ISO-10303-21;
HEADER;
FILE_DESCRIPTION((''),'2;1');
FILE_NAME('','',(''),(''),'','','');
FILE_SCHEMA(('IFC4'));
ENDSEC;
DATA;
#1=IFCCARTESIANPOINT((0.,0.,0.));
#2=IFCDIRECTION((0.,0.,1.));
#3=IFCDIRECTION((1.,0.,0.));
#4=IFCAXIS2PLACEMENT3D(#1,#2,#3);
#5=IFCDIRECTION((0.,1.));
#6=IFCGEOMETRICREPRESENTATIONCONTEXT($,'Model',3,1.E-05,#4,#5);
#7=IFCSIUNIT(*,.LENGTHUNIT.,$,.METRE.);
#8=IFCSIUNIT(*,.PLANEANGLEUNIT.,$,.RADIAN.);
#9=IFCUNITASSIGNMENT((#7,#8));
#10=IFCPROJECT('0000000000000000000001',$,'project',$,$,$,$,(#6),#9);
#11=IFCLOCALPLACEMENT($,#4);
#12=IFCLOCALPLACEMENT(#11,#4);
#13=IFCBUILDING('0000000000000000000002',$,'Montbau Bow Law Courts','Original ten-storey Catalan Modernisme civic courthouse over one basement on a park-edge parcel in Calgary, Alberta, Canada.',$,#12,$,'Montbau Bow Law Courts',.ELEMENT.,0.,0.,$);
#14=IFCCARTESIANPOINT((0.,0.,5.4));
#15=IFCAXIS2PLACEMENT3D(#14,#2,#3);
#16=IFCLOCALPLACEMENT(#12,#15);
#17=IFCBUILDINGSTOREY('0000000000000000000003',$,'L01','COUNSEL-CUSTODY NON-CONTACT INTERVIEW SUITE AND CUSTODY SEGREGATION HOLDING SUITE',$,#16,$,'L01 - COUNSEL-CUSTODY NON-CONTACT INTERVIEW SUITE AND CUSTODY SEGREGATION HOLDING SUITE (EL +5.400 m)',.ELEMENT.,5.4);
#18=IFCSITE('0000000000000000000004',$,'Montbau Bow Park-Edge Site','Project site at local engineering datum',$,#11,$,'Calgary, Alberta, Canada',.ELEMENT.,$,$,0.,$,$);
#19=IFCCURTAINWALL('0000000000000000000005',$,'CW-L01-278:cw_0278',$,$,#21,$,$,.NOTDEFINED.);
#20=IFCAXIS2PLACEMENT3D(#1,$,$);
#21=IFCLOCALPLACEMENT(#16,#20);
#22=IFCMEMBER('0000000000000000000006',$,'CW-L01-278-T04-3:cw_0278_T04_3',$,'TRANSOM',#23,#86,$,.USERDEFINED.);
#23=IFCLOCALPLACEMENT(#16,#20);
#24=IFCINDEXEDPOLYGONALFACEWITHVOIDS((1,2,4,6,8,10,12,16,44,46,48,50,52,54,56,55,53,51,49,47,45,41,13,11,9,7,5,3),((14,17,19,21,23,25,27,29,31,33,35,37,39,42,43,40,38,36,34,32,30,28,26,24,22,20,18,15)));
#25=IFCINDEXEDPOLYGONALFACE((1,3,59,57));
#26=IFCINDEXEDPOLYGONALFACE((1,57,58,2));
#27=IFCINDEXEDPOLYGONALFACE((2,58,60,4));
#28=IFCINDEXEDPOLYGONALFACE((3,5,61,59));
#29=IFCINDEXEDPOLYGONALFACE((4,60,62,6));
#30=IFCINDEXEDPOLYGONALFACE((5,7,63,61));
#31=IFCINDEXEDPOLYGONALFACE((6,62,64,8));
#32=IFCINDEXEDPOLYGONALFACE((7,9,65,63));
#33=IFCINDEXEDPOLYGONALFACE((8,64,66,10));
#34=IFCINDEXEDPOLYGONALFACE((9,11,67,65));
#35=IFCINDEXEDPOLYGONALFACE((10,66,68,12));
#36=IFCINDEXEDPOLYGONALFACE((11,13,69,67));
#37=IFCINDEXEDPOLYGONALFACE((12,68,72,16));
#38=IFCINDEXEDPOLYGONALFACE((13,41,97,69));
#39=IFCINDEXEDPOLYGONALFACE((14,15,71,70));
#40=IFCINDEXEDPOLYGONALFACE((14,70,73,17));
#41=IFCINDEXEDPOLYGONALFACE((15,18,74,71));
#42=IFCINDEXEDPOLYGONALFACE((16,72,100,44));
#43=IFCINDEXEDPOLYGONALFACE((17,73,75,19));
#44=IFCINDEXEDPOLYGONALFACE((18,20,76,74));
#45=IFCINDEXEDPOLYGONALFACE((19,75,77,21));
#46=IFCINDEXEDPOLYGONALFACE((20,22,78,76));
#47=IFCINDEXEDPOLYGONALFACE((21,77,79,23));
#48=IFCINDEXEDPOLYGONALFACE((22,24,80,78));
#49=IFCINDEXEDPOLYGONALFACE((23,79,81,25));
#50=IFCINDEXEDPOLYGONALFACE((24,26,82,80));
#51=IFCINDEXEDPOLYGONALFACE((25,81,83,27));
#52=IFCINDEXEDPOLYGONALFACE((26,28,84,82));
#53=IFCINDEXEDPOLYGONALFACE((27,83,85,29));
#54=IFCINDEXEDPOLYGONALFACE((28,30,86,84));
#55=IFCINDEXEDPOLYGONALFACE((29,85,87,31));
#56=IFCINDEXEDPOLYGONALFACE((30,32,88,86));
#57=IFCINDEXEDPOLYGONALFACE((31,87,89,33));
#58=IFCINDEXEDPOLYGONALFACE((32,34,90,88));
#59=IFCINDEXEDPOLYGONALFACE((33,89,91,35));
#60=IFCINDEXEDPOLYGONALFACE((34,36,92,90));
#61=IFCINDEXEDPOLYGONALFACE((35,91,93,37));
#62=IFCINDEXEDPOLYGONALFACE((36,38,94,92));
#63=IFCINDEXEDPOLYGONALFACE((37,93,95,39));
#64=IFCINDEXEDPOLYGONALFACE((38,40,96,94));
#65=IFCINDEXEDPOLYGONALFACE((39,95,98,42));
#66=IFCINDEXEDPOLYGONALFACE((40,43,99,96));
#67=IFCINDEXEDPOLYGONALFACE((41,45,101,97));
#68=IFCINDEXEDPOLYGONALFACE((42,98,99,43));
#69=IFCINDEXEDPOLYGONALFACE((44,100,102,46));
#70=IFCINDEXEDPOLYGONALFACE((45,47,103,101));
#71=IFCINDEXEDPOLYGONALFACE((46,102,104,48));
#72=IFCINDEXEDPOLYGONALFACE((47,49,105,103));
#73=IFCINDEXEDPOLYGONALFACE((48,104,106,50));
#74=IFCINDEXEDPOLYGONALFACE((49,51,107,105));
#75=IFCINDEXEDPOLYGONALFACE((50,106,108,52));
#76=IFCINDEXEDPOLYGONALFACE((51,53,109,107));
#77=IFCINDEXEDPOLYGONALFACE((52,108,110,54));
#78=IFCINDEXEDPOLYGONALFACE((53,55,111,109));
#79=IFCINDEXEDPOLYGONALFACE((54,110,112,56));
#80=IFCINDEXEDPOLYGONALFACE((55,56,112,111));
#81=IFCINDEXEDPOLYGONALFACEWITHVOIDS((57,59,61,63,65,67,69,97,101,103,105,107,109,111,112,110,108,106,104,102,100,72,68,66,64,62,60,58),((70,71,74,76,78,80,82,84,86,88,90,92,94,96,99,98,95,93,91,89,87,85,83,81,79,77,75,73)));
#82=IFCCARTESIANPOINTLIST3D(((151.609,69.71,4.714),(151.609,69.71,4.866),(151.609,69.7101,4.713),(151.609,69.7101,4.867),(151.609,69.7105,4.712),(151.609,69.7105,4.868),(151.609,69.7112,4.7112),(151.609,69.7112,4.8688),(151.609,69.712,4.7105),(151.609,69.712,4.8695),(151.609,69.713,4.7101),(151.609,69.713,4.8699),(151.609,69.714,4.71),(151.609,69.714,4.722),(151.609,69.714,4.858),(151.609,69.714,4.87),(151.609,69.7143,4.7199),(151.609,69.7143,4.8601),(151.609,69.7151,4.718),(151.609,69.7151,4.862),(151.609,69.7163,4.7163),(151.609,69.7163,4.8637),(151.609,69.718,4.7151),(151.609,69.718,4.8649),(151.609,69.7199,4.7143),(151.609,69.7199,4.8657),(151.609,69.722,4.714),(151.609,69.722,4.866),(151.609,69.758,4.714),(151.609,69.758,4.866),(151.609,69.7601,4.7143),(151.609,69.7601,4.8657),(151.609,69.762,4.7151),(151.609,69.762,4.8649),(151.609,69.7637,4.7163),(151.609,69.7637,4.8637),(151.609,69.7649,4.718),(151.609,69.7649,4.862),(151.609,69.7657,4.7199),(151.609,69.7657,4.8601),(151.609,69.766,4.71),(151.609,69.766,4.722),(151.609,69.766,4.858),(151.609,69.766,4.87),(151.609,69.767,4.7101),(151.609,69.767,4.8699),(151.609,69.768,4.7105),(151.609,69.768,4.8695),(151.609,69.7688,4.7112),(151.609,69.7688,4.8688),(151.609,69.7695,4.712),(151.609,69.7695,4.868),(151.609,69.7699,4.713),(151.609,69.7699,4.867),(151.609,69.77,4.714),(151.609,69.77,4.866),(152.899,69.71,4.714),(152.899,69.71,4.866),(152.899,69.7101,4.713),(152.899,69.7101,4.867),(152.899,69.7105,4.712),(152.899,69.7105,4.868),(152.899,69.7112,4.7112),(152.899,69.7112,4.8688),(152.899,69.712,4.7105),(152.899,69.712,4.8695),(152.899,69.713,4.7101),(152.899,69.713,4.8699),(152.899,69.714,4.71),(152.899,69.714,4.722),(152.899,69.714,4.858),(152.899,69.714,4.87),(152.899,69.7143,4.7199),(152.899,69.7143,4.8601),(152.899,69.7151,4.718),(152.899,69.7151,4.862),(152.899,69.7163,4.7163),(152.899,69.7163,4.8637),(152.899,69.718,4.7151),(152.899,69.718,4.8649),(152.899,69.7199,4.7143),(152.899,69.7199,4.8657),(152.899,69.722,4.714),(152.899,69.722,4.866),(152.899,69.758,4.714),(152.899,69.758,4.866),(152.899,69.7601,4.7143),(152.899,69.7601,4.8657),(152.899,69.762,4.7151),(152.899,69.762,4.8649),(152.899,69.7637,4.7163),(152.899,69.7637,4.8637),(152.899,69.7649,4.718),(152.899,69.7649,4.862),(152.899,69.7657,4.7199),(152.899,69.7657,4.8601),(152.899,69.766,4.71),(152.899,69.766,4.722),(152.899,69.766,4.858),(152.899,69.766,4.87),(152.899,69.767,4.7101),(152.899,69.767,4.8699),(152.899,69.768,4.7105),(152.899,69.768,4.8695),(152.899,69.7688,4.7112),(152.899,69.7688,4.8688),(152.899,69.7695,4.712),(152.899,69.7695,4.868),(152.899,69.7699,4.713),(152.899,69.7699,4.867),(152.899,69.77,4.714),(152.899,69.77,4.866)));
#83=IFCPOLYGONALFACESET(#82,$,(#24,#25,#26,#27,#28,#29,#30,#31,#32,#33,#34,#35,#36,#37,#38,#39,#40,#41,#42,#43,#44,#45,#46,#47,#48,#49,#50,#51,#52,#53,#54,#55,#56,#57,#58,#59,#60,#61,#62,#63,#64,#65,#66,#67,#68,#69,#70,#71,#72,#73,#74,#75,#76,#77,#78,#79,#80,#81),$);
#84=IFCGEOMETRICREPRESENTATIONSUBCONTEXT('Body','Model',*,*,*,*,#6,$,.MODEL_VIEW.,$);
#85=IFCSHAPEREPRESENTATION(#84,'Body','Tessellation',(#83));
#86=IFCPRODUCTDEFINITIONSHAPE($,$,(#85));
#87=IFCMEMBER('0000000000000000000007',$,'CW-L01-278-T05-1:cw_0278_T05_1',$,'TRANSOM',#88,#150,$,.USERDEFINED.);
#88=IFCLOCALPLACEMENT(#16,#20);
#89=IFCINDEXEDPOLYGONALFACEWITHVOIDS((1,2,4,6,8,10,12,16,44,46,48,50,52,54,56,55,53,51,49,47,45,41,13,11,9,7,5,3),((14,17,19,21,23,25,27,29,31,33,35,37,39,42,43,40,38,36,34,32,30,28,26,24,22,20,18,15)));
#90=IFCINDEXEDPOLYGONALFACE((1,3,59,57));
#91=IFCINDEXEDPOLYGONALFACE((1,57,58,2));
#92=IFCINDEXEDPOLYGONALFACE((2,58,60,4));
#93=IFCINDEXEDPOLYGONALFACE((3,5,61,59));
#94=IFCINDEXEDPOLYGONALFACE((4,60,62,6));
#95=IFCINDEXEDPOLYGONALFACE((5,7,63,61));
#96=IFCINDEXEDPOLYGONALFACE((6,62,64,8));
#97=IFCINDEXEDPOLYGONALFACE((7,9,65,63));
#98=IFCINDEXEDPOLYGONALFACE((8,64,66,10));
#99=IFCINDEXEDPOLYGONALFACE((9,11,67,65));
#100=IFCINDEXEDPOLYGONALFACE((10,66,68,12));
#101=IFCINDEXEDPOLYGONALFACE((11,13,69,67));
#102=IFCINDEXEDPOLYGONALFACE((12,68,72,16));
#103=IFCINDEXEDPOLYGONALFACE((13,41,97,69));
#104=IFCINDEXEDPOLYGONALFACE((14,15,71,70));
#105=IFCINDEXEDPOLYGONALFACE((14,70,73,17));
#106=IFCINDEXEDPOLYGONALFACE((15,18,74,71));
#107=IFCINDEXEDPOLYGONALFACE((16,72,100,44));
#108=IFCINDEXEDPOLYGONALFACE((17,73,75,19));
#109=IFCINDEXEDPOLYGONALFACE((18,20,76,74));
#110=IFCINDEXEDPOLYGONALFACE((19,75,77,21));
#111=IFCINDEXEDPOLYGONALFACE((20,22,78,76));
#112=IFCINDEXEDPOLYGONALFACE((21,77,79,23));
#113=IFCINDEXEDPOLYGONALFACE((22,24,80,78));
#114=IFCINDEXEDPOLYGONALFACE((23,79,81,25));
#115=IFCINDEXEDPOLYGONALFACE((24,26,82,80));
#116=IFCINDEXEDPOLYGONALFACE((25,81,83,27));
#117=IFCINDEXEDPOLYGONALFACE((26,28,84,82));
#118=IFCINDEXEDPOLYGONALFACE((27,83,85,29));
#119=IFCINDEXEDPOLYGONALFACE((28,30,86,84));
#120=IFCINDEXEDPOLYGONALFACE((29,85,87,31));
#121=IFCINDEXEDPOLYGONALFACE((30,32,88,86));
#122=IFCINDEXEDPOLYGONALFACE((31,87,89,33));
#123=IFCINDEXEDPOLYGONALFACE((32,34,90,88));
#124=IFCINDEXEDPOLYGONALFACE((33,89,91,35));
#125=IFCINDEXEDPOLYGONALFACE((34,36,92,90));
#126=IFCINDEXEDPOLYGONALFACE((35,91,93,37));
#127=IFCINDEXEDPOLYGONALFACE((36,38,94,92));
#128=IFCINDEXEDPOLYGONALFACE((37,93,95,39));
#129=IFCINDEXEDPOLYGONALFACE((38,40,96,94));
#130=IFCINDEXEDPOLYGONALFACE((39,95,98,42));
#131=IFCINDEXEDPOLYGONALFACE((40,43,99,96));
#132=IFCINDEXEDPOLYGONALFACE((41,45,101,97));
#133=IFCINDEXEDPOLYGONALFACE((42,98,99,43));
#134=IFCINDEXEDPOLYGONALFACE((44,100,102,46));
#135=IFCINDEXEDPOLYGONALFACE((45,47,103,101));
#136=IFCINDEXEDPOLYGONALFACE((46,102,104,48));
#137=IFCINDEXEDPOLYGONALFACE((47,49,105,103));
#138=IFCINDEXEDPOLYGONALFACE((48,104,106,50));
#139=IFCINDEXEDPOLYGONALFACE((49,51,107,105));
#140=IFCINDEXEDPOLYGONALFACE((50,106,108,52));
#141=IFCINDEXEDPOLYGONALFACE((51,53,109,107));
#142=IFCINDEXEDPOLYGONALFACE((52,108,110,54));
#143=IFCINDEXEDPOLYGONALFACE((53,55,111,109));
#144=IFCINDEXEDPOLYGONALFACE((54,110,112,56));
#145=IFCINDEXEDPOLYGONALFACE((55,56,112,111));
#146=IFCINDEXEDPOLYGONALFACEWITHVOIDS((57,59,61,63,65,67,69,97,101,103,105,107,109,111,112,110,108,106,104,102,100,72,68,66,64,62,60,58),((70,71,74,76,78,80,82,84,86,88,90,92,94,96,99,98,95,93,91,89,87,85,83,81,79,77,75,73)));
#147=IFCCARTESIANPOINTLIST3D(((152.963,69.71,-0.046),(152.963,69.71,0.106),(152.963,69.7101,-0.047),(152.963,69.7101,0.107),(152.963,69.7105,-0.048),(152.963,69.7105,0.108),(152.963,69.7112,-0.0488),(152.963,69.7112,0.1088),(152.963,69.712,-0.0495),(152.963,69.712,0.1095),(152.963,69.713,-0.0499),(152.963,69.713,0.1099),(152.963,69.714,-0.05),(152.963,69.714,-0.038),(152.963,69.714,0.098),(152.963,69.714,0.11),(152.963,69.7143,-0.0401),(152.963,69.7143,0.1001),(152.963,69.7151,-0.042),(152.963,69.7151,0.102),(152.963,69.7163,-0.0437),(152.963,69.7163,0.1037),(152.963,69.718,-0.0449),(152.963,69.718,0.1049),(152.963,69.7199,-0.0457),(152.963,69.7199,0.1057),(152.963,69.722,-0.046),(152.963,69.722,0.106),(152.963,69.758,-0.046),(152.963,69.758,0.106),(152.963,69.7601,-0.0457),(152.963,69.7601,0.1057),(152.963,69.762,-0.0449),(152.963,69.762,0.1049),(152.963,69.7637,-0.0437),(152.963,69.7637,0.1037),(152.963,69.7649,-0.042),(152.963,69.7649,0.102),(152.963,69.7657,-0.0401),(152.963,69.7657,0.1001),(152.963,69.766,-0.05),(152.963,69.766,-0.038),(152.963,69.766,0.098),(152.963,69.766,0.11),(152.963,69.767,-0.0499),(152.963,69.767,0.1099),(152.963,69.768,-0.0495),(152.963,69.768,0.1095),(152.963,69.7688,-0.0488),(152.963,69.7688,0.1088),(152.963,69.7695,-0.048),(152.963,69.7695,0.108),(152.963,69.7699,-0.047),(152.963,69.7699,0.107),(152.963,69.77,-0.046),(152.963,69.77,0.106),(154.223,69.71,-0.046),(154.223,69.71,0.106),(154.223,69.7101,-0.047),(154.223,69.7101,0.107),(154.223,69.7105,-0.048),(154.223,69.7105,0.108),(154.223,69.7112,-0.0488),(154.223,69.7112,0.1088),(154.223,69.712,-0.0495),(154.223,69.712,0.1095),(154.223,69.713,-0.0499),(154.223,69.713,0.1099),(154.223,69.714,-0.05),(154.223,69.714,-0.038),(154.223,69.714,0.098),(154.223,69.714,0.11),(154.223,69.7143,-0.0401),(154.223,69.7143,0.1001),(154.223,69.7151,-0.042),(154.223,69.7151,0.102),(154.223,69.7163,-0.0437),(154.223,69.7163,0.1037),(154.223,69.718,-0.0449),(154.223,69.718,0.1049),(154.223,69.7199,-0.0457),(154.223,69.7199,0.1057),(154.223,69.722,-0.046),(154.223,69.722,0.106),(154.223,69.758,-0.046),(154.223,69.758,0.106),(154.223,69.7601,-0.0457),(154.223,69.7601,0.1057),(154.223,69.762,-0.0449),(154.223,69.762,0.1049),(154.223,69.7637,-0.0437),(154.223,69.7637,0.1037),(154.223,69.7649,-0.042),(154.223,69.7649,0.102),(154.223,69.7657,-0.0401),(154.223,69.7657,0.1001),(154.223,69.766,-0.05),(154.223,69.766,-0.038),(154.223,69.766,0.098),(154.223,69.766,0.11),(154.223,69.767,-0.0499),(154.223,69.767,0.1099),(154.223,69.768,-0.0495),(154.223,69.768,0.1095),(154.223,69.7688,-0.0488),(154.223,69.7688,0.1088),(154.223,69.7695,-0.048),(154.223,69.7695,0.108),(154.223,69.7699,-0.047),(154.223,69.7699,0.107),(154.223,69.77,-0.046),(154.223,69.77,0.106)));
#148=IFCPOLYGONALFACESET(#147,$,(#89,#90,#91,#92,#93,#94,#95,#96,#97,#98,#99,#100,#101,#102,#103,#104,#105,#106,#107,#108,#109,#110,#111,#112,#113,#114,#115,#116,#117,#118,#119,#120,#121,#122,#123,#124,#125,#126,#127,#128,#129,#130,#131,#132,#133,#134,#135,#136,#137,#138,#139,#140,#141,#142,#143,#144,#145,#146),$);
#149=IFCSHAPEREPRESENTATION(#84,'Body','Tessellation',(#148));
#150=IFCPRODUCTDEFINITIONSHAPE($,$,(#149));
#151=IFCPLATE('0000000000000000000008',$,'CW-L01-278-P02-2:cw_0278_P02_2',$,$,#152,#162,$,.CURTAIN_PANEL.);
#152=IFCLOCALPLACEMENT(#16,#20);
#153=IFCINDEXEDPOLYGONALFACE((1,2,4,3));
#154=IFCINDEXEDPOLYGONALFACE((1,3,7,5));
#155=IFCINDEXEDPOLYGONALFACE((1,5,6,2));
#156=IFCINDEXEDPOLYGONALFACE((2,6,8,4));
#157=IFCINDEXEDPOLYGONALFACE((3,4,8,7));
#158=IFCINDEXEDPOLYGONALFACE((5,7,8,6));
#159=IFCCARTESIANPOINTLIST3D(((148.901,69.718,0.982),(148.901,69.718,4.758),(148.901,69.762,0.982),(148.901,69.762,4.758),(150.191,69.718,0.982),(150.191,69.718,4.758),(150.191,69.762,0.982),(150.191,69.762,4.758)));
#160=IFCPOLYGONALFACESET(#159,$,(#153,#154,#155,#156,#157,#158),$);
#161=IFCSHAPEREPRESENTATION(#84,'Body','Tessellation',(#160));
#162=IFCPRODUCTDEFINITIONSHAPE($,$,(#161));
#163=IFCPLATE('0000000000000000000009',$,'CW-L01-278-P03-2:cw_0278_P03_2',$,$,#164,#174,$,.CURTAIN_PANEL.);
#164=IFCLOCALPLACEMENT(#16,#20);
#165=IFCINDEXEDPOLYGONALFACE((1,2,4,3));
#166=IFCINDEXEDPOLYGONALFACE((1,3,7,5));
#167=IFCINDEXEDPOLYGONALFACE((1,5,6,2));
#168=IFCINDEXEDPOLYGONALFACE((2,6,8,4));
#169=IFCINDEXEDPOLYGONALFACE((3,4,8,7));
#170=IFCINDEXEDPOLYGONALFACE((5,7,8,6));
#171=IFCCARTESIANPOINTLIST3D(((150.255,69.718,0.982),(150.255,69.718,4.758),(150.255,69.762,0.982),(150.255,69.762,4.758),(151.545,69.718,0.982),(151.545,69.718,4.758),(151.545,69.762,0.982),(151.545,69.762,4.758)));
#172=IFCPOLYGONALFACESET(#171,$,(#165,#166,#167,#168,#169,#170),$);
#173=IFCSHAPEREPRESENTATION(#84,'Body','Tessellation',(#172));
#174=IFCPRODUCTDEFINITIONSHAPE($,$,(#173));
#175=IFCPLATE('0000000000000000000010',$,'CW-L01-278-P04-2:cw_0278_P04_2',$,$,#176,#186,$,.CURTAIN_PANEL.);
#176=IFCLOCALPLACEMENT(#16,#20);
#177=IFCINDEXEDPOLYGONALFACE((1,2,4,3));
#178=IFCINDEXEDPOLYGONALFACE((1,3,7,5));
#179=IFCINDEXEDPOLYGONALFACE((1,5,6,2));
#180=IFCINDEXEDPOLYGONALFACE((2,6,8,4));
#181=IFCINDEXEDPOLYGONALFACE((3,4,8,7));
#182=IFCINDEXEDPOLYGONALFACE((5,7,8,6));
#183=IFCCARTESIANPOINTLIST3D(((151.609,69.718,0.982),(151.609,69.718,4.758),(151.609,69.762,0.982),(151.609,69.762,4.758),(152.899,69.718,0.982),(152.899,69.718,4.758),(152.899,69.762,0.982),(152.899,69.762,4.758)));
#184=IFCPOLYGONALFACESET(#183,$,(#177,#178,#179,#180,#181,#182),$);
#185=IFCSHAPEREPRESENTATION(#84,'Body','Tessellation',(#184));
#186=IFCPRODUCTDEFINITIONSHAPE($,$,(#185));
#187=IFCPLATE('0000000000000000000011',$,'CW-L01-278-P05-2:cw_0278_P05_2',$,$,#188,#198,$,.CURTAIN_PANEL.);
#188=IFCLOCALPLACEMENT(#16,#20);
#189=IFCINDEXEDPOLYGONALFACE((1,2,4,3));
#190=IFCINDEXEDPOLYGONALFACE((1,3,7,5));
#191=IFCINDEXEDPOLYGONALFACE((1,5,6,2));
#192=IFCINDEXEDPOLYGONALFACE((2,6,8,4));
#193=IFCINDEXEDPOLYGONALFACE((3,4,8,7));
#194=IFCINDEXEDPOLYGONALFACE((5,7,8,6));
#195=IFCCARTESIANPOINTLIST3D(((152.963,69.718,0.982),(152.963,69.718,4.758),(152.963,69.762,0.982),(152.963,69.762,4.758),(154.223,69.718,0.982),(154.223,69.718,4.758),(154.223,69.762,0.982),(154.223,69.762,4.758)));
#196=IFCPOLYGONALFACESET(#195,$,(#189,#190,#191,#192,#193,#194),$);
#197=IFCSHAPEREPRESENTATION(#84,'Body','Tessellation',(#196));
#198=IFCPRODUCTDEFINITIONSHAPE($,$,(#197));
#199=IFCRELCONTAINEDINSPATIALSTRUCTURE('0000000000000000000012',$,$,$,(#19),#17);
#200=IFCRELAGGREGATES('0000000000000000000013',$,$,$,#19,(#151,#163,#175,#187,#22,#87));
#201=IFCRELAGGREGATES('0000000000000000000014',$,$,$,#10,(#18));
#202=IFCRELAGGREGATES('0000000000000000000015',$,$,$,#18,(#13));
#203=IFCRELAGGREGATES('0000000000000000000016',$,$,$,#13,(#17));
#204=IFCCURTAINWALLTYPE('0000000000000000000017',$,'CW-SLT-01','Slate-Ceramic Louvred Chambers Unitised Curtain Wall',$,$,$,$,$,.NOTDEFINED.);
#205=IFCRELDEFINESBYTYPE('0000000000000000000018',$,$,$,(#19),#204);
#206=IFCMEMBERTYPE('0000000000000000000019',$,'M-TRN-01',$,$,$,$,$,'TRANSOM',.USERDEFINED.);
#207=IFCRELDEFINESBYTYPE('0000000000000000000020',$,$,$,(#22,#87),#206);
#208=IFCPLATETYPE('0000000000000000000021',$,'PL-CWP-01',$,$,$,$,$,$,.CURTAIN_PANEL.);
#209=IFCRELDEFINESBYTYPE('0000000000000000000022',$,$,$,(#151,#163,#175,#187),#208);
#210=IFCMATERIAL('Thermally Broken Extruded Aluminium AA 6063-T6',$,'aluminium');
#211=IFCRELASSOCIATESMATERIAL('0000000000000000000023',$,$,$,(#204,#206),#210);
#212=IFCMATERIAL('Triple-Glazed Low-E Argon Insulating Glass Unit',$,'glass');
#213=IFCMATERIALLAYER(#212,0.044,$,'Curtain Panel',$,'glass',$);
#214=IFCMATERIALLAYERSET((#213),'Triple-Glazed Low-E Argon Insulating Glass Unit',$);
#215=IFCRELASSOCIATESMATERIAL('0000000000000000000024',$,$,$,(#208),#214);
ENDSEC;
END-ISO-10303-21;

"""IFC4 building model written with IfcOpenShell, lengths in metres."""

from ifc_helpers import new_model, si_unit, direction, frame, frame_2d, origin_with_axes, origin_2d_with_axis, place, context, subcontext, project, spatial, rectangle, hollow_rectangle, extrude, material, layer, layer_set, material_profile, profile_set, type_object, element, aggregate, save


model = new_model("IFC4")

# Units and contexts
model_context = context("Model", 3, precision=1e-05, world=origin_with_axes(), true_north=direction((0.0, 1.0)))
body_context = subcontext(model_context, "Body", "Model", "MODEL_VIEW")
ifc_project = project(units=[si_unit("LENGTHUNIT", "METRE"), si_unit("PLANEANGLEUNIT", "RADIAN")], contexts=[model_context])

# Site, building, storey
site_placement = place(None, origin_with_axes())
site = spatial("IfcSite", under=ifc_project, at=site_placement, Name="Montbau Bow Park-Edge Site", Description="Project site at local engineering datum", LongName="Calgary, Alberta, Canada", CompositionType="ELEMENT", RefElevation=0.0)
building_placement = place(site_placement, origin_with_axes())
building = spatial("IfcBuilding", under=site, at=building_placement, Name="Montbau Bow Law Courts", Description="Original ten-storey Catalan Modernisme civic courthouse over one basement on a park-edge parcel in Calgary, Alberta, Canada.", LongName="Montbau Bow Law Courts", CompositionType="ELEMENT", ElevationOfRefHeight=0.0, ElevationOfTerrain=0.0)
storey_placement = place(building_placement, frame((0.0, 0.0, 5.4), z_axis=(0.0, 0.0, 1.0), x_axis=(1.0, 0.0, 0.0)))
storey = spatial("IfcBuildingStorey", under=building, at=storey_placement, Name="L01", Description="COUNSEL-CUSTODY NON-CONTACT INTERVIEW SUITE AND CUSTODY SEGREGATION HOLDING SUITE", LongName="L01 - COUNSEL-CUSTODY NON-CONTACT INTERVIEW SUITE AND CUSTODY SEGREGATION HOLDING SUITE (EL +5.400 m)", CompositionType="ELEMENT", Elevation=5.4)

# Curtain wall, members, plates
ifc_material_1 = material(Name="Thermally Broken Extruded Aluminium AA 6063-T6", Category="aluminium")
curtain_wall_type = type_object("IfcCurtainWallType", Name="CW-SLT-01", Description="Slate-Ceramic Louvred Chambers Unitised Curtain Wall", PredefinedType="NOTDEFINED", material=ifc_material_1)
curtain_wall_placement = place(None, frame((147.515, 69.74, 5.4), z_axis=(0.0, 0.0, 1.0), x_axis=(1.0, 0.0, 0.0)))
curtain_wall = element("IfcCurtainWall", 1, at=curtain_wall_placement, inside=storey, type_object=curtain_wall_type, Name="CW-L01-278:cw_0278", PredefinedType="NOTDEFINED")
ifc_material_profile_1 = material_profile(ifc_material_1, hollow_rectangle(XDim=0.06, YDim=0.16, WallThickness=0.004, InnerFilletRadius=0.008, OuterFilletRadius=0.004, at=origin_2d_with_axis()), Name="CWT-160X60", Category="Main", Priority=0)
ifc_profile_set_1 = profile_set([ifc_material_profile_1], Name="Thermally Broken Extruded Aluminium AA 6063-T6")
member_type_1 = type_object("IfcMemberType", Name="M-TRN-01", ElementType="TRANSOM", PredefinedType="USERDEFINED", material=ifc_profile_set_1)
member_1_placement = place(None, frame((151.609, 69.74, 10.19), z_axis=(1.0, 0.0, 0.0), x_axis=(0.0, 1.0, 0.0)))
member_1 = element("IfcMember", 2, at=member_1_placement, type_object=member_type_1, Name="CW-L01-278-T04-3:cw_0278_T04_3", ObjectType="TRANSOM", PredefinedType="USERDEFINED", context=body_context, shape_type="SweptSolid", body=[
    extrude(hollow_rectangle(XDim=0.06, YDim=0.16, WallThickness=0.004, InnerFilletRadius=0.008, OuterFilletRadius=0.004, at=origin_2d_with_axis()), origin_with_axes(), (0.0, 0.0, 1.0), 1.29),
])
member_2_placement = place(None, frame((152.963, 69.74, 5.43), z_axis=(1.0, 0.0, 0.0), x_axis=(0.0, 1.0, 0.0)))
member_2 = element("IfcMember", 3, at=member_2_placement, type_object=member_type_1, Name="CW-L01-278-T05-1:cw_0278_T05_1", ObjectType="TRANSOM", PredefinedType="USERDEFINED", context=body_context, shape_type="SweptSolid", body=[
    extrude(hollow_rectangle(XDim=0.06, YDim=0.16, WallThickness=0.004, InnerFilletRadius=0.008, OuterFilletRadius=0.004, at=origin_2d_with_axis()), origin_with_axes(), (0.0, 0.0, 1.0), 1.26),
])
ifc_material_2 = material(Name="Triple-Glazed Low-E Argon Insulating Glass Unit", Category="glass")
ifc_layer_1 = layer(ifc_material_2, 0.044, Name="Curtain Panel", Category="glass")
ifc_layer_set_1 = layer_set([ifc_layer_1], Name="Triple-Glazed Low-E Argon Insulating Glass Unit")
plate_type_1 = type_object("IfcPlateType", Name="PL-CWP-01", PredefinedType="CURTAIN_PANEL", material=ifc_layer_set_1)
plate_1_placement = place(None, frame((148.901, 69.74, 6.382), z_axis=(0.0, -1.0, 0.0), x_axis=(1.0, 0.0, 0.0)))
plate_1 = element("IfcPlate", 4, at=plate_1_placement, type_object=plate_type_1, Name="CW-L01-278-P02-2:cw_0278_P02_2", PredefinedType="CURTAIN_PANEL", context=body_context, shape_type="SweptSolid", body=[
    extrude(rectangle(XDim=1.29, YDim=3.776, at=frame_2d((0.645, 1.888), x_axis=(1.0, 0.0))), frame((0.0, 0.0, -0.022), z_axis=(0.0, 0.0, 1.0), x_axis=(1.0, 0.0, 0.0)), (0.0, 0.0, 1.0), 0.044),
])
plate_2_placement = place(None, frame((150.255, 69.74, 6.382), z_axis=(0.0, -1.0, 0.0), x_axis=(1.0, 0.0, 0.0)))
plate_2 = element("IfcPlate", 5, at=plate_2_placement, type_object=plate_type_1, Name="CW-L01-278-P03-2:cw_0278_P03_2", PredefinedType="CURTAIN_PANEL", context=body_context, shape_type="SweptSolid", body=[
    extrude(rectangle(XDim=1.29, YDim=3.776, at=frame_2d((0.645, 1.888), x_axis=(1.0, 0.0))), frame((0.0, 0.0, -0.022), z_axis=(0.0, 0.0, 1.0), x_axis=(1.0, 0.0, 0.0)), (0.0, 0.0, 1.0), 0.044),
])
plate_3_placement = place(None, frame((151.609, 69.74, 6.382), z_axis=(0.0, -1.0, 0.0), x_axis=(1.0, 0.0, 0.0)))
plate_3 = element("IfcPlate", 6, at=plate_3_placement, type_object=plate_type_1, Name="CW-L01-278-P04-2:cw_0278_P04_2", PredefinedType="CURTAIN_PANEL", context=body_context, shape_type="SweptSolid", body=[
    extrude(rectangle(XDim=1.29, YDim=3.776, at=frame_2d((0.645, 1.888), x_axis=(1.0, 0.0))), frame((0.0, 0.0, -0.022), z_axis=(0.0, 0.0, 1.0), x_axis=(1.0, 0.0, 0.0)), (0.0, 0.0, 1.0), 0.044),
])
plate_4_placement = place(None, frame((152.963, 69.74, 6.382), z_axis=(0.0, -1.0, 0.0), x_axis=(1.0, 0.0, 0.0)))
plate_4 = element("IfcPlate", 7, at=plate_4_placement, type_object=plate_type_1, Name="CW-L01-278-P05-2:cw_0278_P05_2", PredefinedType="CURTAIN_PANEL", context=body_context, shape_type="SweptSolid", body=[
    extrude(rectangle(XDim=1.26, YDim=3.776, at=frame_2d((0.63, 1.888), x_axis=(1.0, 0.0))), frame((0.0, 0.0, -0.022), z_axis=(0.0, 0.0, 1.0), x_axis=(1.0, 0.0, 0.0)), (0.0, 0.0, 1.0), 0.044),
])
aggregate(curtain_wall, [plate_1, plate_2, plate_3, plate_4, member_1, member_2])

save(model, "model.ifc")
